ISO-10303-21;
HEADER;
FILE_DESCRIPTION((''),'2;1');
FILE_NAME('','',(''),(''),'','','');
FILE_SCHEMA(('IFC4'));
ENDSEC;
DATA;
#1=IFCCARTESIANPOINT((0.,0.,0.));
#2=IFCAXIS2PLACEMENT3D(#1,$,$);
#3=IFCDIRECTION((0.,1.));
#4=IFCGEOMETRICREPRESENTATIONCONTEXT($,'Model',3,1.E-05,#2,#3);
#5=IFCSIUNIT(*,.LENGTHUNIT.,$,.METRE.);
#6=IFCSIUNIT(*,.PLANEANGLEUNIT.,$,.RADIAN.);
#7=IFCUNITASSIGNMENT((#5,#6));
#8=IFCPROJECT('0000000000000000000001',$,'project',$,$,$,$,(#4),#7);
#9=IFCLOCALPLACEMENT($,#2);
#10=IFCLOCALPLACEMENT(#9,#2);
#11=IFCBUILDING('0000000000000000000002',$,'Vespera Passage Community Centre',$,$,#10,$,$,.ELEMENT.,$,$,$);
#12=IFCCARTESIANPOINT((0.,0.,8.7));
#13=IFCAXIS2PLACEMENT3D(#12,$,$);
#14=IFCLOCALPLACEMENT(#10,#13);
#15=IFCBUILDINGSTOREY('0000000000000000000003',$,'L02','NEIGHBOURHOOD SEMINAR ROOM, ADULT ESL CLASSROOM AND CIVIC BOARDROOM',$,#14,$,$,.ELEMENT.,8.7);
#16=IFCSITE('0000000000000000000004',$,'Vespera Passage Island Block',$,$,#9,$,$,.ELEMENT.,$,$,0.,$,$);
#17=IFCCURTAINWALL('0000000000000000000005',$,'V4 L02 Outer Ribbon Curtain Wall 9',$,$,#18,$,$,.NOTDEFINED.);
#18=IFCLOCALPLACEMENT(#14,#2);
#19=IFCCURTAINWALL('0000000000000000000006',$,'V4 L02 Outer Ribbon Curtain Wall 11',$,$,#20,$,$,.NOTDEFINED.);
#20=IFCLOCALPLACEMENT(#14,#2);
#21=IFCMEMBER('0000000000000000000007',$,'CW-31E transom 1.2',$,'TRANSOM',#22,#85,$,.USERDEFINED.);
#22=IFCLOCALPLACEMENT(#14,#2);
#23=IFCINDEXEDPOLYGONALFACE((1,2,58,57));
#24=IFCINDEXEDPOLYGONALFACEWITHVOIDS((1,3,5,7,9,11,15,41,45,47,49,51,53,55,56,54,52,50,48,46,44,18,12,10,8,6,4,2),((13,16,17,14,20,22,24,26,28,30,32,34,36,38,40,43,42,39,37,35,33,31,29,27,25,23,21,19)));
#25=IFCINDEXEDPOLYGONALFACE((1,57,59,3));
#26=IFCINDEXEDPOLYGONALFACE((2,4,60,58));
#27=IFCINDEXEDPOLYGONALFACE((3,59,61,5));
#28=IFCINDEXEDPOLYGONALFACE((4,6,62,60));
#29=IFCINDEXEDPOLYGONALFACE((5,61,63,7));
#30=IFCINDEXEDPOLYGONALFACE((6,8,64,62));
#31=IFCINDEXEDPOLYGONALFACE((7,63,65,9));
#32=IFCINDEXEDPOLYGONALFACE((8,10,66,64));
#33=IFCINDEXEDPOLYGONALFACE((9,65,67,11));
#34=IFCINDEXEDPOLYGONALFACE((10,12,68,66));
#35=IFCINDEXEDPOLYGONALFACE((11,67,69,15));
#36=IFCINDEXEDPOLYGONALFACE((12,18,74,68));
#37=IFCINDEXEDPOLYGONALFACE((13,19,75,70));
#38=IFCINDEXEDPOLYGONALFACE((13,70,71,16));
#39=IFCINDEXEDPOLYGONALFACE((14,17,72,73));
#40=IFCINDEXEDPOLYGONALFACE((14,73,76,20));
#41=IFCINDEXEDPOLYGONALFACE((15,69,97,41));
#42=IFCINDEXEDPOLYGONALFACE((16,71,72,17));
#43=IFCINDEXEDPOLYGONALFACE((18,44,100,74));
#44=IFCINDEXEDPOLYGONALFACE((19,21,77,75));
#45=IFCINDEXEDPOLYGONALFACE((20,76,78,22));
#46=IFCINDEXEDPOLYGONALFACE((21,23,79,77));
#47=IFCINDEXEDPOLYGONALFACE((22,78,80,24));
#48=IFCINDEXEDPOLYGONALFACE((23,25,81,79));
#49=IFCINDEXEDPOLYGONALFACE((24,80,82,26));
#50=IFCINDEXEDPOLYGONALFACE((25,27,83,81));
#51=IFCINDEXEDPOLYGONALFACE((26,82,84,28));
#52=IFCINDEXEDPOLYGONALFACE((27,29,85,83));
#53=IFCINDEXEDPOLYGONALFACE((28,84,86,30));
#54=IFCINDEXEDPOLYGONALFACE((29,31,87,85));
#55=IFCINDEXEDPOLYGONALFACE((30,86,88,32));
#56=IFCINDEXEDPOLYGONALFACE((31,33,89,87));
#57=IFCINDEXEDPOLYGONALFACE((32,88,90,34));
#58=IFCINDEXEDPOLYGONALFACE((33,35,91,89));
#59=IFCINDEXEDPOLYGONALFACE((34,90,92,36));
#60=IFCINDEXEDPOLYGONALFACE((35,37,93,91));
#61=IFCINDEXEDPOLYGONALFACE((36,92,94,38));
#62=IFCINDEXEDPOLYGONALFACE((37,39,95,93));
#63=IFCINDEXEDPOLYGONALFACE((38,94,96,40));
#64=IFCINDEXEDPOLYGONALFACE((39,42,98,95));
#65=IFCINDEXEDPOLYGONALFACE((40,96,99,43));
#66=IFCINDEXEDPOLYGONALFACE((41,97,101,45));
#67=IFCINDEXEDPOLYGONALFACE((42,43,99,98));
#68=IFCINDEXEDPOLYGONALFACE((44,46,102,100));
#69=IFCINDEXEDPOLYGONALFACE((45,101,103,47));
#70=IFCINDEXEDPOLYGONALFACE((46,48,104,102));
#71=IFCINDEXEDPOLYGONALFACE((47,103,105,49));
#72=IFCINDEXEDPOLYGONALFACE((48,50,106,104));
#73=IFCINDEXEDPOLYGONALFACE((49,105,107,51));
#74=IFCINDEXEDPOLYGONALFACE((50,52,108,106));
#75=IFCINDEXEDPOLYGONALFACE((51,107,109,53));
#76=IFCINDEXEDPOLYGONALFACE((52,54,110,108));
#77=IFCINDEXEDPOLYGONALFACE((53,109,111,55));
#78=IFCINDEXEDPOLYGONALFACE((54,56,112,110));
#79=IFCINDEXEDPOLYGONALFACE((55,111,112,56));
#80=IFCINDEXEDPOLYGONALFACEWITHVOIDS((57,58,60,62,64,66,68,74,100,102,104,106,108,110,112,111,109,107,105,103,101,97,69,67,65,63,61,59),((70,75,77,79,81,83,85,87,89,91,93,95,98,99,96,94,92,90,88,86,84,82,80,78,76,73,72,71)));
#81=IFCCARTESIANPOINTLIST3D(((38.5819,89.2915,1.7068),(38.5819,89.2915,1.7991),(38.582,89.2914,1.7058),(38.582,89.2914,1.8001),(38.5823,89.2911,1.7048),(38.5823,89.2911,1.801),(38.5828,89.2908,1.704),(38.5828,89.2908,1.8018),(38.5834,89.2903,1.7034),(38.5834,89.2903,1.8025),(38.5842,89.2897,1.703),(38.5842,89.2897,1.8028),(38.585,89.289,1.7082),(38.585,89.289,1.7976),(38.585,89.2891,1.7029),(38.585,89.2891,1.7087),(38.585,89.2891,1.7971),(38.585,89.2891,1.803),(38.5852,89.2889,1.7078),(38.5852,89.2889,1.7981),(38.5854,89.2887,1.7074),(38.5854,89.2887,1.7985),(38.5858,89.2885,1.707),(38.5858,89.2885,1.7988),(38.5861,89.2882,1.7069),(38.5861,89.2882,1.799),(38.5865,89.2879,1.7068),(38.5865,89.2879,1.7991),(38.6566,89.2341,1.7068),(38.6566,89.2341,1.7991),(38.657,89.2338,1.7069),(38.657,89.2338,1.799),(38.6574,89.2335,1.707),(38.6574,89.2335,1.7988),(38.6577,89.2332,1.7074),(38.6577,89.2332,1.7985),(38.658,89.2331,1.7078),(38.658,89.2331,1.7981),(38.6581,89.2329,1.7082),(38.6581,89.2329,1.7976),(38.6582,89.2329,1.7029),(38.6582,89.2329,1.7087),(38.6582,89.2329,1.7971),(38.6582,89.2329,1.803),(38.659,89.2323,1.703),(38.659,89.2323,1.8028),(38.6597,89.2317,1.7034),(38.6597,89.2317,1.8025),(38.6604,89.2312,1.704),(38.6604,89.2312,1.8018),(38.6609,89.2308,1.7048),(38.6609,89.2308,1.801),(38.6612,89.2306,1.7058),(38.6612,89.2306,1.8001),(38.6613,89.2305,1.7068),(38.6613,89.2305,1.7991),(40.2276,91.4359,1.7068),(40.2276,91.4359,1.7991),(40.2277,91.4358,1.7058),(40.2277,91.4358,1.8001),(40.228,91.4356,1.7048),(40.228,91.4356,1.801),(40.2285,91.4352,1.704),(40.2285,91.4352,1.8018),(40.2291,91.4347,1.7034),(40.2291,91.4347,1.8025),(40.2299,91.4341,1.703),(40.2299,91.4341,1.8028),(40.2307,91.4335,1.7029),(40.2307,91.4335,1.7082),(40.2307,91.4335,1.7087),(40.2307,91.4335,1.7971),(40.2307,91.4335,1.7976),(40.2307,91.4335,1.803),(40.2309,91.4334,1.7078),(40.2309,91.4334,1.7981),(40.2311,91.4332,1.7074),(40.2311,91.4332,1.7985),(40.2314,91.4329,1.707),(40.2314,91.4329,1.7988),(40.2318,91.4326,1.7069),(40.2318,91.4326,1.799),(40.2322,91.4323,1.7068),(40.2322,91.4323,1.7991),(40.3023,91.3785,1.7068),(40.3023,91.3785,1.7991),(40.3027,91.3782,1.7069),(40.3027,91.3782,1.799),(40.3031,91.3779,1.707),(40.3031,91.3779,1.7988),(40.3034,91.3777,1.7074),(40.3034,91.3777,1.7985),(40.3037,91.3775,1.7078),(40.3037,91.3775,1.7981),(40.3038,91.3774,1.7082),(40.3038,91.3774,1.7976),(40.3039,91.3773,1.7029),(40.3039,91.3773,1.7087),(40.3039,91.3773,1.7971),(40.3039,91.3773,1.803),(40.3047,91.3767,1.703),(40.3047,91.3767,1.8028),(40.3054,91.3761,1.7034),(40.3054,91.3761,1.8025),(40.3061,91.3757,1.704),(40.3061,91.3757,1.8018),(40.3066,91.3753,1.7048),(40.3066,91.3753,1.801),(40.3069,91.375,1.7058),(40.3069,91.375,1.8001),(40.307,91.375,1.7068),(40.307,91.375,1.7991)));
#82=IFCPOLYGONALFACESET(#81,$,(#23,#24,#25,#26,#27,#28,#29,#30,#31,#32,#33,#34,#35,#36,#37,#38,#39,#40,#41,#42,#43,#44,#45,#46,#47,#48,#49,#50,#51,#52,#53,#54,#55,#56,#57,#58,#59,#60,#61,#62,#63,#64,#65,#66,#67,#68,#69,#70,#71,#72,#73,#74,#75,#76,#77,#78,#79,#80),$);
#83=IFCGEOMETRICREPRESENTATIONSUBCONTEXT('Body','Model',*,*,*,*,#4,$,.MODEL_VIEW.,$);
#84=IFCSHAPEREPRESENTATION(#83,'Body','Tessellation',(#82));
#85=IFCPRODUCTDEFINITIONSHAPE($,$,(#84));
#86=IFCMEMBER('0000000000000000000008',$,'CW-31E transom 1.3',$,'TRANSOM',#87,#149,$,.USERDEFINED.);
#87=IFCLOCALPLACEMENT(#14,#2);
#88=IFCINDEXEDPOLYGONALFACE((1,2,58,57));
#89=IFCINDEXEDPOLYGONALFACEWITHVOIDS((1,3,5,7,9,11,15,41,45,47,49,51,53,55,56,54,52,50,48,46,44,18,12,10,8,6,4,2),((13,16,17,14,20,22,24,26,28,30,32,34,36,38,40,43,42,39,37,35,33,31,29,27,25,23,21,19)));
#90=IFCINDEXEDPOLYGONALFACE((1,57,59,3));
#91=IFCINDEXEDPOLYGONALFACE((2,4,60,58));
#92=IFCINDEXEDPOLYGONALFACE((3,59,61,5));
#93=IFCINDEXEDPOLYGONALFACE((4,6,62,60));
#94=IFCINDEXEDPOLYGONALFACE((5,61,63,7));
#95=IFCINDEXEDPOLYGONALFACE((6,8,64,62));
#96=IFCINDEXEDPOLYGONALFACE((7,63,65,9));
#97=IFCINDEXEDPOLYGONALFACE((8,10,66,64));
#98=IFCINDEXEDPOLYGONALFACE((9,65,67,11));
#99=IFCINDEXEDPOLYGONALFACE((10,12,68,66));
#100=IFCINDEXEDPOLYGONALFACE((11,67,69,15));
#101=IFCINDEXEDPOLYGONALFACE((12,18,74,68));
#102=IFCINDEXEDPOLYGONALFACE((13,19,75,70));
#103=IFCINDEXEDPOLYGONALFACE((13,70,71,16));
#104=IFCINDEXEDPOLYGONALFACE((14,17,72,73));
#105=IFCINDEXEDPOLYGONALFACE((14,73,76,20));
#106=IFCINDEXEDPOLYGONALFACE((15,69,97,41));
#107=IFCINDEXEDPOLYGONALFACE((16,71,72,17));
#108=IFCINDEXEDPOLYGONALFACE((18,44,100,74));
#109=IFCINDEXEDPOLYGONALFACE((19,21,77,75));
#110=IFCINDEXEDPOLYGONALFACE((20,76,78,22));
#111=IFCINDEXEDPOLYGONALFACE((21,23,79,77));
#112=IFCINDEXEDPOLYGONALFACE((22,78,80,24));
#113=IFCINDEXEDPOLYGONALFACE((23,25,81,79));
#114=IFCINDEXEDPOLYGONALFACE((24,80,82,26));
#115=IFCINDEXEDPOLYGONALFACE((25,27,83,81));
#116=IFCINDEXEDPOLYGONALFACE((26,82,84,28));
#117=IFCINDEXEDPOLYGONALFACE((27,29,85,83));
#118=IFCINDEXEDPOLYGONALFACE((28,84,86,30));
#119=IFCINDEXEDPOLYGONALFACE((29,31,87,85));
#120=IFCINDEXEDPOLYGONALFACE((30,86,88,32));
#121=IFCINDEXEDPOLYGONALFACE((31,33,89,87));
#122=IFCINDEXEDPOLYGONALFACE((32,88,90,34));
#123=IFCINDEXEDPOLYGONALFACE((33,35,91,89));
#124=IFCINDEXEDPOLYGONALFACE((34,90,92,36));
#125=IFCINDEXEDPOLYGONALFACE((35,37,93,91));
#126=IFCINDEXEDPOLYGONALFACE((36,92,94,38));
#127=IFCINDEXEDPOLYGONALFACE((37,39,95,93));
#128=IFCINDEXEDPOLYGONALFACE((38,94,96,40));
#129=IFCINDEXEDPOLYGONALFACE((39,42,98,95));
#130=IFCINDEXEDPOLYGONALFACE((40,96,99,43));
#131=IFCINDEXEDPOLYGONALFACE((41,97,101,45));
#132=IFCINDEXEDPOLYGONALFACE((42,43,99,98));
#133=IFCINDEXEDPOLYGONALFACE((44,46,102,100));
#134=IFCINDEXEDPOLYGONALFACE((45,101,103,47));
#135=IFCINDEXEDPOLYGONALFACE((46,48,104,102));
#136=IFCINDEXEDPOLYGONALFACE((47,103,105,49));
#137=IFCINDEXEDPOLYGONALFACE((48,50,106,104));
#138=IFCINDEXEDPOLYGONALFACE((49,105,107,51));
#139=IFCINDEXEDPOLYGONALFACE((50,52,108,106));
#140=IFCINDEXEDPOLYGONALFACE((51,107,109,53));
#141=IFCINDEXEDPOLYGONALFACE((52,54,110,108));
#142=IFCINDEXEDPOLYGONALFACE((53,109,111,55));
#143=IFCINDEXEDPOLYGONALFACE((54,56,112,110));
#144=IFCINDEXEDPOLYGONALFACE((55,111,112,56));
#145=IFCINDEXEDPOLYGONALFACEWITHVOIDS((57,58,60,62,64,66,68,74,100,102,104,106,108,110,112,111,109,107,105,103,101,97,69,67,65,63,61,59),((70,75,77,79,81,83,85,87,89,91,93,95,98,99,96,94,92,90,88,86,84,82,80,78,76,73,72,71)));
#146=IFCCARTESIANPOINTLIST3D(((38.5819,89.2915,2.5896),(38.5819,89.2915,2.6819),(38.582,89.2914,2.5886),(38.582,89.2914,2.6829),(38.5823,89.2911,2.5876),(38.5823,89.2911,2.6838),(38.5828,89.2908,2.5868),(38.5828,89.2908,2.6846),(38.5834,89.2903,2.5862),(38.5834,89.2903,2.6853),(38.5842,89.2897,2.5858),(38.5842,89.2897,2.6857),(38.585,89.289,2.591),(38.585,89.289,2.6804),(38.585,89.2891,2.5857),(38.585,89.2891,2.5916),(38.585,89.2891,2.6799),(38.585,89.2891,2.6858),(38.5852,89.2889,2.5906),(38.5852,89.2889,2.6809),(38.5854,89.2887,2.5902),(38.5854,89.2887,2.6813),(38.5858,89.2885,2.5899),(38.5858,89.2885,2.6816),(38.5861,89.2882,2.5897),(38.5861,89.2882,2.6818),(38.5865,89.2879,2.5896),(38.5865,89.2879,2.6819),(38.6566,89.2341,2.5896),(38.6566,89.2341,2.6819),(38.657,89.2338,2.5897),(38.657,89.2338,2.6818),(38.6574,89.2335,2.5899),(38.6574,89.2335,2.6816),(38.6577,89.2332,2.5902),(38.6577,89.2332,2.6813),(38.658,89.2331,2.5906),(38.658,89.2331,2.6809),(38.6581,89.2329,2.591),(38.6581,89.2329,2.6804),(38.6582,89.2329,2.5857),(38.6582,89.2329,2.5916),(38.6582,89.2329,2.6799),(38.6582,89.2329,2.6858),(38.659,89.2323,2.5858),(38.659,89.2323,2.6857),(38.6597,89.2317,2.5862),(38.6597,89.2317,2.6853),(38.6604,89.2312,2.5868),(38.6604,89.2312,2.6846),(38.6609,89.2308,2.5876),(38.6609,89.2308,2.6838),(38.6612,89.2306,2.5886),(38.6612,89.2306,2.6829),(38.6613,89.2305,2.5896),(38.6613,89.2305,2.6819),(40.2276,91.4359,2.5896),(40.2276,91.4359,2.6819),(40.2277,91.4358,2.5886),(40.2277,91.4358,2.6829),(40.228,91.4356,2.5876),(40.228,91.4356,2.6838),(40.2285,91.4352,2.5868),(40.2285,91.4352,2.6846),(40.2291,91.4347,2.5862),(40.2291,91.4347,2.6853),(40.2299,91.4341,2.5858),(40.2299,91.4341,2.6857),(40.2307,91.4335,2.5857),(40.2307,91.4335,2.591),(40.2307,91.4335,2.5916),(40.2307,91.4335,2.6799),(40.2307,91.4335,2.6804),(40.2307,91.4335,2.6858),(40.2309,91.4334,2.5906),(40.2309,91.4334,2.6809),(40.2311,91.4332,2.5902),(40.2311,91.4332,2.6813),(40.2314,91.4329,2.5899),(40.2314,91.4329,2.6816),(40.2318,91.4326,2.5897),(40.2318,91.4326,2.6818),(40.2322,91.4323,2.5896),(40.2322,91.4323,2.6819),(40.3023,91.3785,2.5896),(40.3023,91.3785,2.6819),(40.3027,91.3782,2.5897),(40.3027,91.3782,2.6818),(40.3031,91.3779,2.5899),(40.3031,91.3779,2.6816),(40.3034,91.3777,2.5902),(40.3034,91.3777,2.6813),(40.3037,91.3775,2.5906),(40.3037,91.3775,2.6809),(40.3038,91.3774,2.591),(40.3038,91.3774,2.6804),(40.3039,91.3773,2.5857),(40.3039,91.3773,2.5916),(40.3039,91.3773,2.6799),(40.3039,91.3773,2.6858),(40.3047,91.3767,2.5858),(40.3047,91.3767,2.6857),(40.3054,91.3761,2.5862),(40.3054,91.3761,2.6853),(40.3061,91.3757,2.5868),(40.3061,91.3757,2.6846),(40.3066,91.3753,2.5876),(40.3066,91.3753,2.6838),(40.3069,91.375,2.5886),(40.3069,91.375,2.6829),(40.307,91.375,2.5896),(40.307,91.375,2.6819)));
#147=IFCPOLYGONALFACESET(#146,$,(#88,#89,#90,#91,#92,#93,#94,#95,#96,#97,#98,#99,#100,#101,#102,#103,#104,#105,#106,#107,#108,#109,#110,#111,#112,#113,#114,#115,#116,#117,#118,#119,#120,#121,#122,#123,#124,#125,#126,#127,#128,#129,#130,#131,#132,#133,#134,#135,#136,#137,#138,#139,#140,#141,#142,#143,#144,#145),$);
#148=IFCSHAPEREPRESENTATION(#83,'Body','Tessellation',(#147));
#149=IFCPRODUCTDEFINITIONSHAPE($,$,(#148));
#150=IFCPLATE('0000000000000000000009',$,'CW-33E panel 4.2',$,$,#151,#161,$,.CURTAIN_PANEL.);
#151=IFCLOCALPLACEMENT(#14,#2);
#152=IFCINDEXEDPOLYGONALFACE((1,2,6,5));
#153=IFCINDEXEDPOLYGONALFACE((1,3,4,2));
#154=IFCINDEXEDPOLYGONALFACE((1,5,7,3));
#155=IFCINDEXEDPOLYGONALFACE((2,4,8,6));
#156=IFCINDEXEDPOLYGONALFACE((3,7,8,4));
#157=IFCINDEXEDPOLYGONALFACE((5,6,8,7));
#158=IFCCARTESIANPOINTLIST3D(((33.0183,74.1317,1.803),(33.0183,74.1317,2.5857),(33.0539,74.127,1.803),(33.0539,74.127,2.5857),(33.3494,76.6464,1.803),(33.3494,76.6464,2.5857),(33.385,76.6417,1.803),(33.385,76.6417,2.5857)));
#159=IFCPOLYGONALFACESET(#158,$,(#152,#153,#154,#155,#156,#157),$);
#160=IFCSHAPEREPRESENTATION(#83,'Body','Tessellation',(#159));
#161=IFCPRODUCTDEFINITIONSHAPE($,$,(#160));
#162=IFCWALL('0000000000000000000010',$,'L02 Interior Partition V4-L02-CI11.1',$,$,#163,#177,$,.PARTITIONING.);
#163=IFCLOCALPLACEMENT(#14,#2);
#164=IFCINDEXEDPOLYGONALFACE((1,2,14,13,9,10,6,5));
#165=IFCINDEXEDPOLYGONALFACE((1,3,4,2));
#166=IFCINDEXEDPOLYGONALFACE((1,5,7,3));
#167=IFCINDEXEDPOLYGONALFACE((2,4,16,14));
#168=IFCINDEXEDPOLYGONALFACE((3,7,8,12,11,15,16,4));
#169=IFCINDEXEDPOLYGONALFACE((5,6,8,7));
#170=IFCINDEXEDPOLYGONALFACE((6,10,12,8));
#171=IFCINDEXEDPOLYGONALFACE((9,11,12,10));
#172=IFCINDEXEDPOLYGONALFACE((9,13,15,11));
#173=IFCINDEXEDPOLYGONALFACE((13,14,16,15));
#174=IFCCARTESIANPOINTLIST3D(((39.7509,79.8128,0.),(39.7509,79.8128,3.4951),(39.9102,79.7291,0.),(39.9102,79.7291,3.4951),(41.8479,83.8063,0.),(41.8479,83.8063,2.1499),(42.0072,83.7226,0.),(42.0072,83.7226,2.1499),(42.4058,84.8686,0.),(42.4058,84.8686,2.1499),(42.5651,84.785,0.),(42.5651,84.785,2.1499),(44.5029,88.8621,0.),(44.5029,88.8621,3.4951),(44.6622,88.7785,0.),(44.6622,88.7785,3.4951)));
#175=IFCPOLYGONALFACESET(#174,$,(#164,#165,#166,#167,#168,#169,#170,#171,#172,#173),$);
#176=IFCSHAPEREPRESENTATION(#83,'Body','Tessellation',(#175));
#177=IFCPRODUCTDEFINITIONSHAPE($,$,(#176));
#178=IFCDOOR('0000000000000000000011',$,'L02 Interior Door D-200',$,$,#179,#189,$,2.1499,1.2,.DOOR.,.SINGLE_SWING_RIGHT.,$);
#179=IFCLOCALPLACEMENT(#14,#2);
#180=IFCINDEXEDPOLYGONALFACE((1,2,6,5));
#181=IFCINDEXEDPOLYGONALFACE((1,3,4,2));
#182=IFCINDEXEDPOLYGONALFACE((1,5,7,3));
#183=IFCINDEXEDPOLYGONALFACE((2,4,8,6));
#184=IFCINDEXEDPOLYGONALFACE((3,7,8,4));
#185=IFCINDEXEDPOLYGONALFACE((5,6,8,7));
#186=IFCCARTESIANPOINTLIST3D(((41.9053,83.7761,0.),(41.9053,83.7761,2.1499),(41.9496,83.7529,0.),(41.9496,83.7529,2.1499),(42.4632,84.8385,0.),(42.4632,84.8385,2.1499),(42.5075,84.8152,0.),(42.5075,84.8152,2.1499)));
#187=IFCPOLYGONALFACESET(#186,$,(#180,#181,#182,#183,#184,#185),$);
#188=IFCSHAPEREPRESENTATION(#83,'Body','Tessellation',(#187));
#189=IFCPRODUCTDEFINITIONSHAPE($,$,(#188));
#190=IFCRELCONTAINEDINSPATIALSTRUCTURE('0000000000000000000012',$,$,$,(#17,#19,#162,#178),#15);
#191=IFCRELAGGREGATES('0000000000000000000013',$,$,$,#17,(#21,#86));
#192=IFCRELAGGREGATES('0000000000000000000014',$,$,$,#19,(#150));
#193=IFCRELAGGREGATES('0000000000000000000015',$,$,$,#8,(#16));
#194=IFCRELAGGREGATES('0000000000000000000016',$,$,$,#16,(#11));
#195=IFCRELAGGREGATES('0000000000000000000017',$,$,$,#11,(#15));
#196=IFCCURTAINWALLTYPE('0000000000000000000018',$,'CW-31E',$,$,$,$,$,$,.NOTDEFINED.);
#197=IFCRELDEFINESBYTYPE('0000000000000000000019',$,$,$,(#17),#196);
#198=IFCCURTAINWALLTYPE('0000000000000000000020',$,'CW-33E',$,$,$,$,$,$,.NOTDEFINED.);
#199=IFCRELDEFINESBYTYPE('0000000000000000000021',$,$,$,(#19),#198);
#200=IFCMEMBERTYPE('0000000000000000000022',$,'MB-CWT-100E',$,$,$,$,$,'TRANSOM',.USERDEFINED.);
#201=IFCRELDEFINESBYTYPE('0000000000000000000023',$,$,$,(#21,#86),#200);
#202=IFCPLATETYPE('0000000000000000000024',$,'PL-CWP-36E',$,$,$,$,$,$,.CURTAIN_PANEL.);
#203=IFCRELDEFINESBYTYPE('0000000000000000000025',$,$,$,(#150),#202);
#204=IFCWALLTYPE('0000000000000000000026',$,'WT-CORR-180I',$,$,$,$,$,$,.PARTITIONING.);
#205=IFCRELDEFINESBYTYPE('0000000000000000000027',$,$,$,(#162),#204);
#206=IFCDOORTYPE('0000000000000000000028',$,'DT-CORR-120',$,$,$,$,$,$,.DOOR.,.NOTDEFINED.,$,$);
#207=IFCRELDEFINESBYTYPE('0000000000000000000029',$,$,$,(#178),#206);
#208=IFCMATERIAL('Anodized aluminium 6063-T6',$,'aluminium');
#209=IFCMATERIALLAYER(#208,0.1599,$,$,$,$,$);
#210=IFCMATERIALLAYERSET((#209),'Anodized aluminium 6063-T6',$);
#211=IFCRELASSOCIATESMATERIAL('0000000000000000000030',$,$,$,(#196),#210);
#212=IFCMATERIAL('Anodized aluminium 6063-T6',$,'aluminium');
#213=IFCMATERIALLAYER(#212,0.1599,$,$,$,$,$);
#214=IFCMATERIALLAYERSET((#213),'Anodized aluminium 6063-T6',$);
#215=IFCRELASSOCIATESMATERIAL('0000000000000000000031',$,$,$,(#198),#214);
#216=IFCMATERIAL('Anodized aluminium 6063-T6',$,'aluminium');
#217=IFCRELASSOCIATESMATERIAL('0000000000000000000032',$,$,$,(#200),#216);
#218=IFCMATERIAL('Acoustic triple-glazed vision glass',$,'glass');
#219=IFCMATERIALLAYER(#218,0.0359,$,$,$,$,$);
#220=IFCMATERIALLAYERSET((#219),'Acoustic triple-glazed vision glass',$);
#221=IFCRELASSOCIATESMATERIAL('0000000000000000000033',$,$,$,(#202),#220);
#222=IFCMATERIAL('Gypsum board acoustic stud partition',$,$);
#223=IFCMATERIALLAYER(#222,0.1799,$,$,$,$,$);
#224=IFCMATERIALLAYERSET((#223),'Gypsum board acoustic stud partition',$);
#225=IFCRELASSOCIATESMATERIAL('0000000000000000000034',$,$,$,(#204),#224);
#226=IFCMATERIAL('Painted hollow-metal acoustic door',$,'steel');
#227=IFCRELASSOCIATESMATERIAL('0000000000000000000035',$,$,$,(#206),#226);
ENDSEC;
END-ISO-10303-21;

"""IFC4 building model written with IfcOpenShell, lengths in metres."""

from ifc_helpers import new_model, si_unit, direction, frame, frame_2d, origin, origin_2d, place, context, subcontext, project, spatial, rectangle, hollow_rectangle, extrude, material, layer, layer_set, material_profile, profile_set, type_object, element, fill, aggregate, save


model = new_model("IFC4")

# Units and contexts
model_context = context("Model", 3, precision=1e-05, world=origin(), true_north=direction((0.0, 1.0)))
body_context = subcontext(model_context, "Body", "Model", "MODEL_VIEW")
ifc_project = project(units=[si_unit("LENGTHUNIT", "METRE"), si_unit("PLANEANGLEUNIT", "RADIAN")], contexts=[model_context])

# Site, building, storey
site_placement = place(None, origin())
site = spatial("IfcSite", under=ifc_project, at=site_placement, Name="Vespera Passage Island Block", CompositionType="ELEMENT", RefElevation=0.0)
building_placement = place(site_placement, origin())
building = spatial("IfcBuilding", under=site, at=building_placement, Name="Vespera Passage Community Centre", CompositionType="ELEMENT")
storey_placement = place(building_placement, frame((0.0, 0.0, 8.7)))
storey = spatial("IfcBuildingStorey", under=building, at=storey_placement, Name="L02", Description="NEIGHBOURHOOD SEMINAR ROOM, ADULT ESL CLASSROOM AND CIVIC BOARDROOM", CompositionType="ELEMENT", Elevation=8.7)

# Curtain walls
ifc_material_1 = material(Name="Anodized aluminium 6063-T6", Category="aluminium")
ifc_layer_1 = layer(ifc_material_1, 0.1599)
ifc_layer_set_1 = layer_set([ifc_layer_1], Name="Anodized aluminium 6063-T6")
curtain_wall_type_1 = type_object("IfcCurtainWallType", Name="CW-31E", PredefinedType="NOTDEFINED", material=ifc_layer_set_1)
curtain_wall_1_placement = place(storey_placement, origin())
curtain_wall_1 = element("IfcCurtainWall", 1, at=curtain_wall_1_placement, inside=storey, type_object=curtain_wall_type_1, Name="V4 L02 Outer Ribbon Curtain Wall 9", PredefinedType="NOTDEFINED")
ifc_material_2 = material(Name="Anodized aluminium 6063-T6", Category="aluminium")
ifc_layer_2 = layer(ifc_material_2, 0.1599)
ifc_layer_set_2 = layer_set([ifc_layer_2], Name="Anodized aluminium 6063-T6")
curtain_wall_type_2 = type_object("IfcCurtainWallType", Name="CW-33E", PredefinedType="NOTDEFINED", material=ifc_layer_set_2)
curtain_wall_2_placement = place(storey_placement, origin())
curtain_wall_2 = element("IfcCurtainWall", 2, at=curtain_wall_2_placement, inside=storey, type_object=curtain_wall_type_2, Name="V4 L02 Outer Ribbon Curtain Wall 11", PredefinedType="NOTDEFINED")

# Members
ifc_material_3 = material(Name="Anodized aluminium 6063-T6", Category="aluminium")
ifc_material_profile_1 = material_profile(ifc_material_3, hollow_rectangle(XDim=0.1001, YDim=0.1001, WallThickness=0.0039, InnerFilletRadius=0.002, OuterFilletRadius=0.0039, at=origin_2d()), Name="ALU100X100X4")
ifc_profile_set_1 = profile_set([ifc_material_profile_1], Name="Anodized aluminium 6063-T6")
member_type_1 = type_object("IfcMemberType", Name="MB-CWT-100E", ElementType="TRANSOM", PredefinedType="USERDEFINED", material=ifc_profile_set_1)
member_1_placement = place(storey_placement, frame((38.6216, 89.261, 1.7529), z_axis=(0.608807, 0.793318, 0.0), x_axis=(-0.793318, 0.608807, 0.0)))
member_1 = element("IfcMember", 3, at=member_1_placement, type_object=member_type_1, Name="CW-31E transom 1.2", ObjectType="TRANSOM", PredefinedType="USERDEFINED", context=body_context, shape_type="SweptSolid", body=[
    extrude(hollow_rectangle(XDim=0.1001, YDim=0.1001, WallThickness=0.0039, InnerFilletRadius=0.002, OuterFilletRadius=0.0039, at=origin_2d()), origin(), (0.0, 0.0, 1.0), 2.7031),
])
member_2_placement = place(storey_placement, frame((38.6216, 89.261, 2.6357), z_axis=(0.608807, 0.793318, 0.0), x_axis=(-0.793318, 0.608807, 0.0)))
member_2 = element("IfcMember", 4, at=member_2_placement, type_object=member_type_1, Name="CW-31E transom 1.3", ObjectType="TRANSOM", PredefinedType="USERDEFINED", context=body_context, shape_type="SweptSolid", body=[
    extrude(hollow_rectangle(XDim=0.1001, YDim=0.1001, WallThickness=0.0039, InnerFilletRadius=0.002, OuterFilletRadius=0.0039, at=origin_2d()), origin(), (0.0, 0.0, 1.0), 2.7031),
])
aggregate(curtain_wall_1, [member_1, member_2])

# Plate
ifc_material_4 = material(Name="Acoustic triple-glazed vision glass", Category="glass")
ifc_layer_3 = layer(ifc_material_4, 0.0359)
ifc_layer_set_3 = layer_set([ifc_layer_3], Name="Acoustic triple-glazed vision glass")
plate_type = type_object("IfcPlateType", Name="PL-CWP-36E", PredefinedType="CURTAIN_PANEL", material=ifc_layer_set_3)
plate_placement = place(storey_placement, frame((33.2017, 75.3867, 1.803), z_axis=(0.0, 0.0, 1.0), x_axis=(0.130523, 0.991445, 0.0)))
plate = element("IfcPlate", 5, at=plate_placement, type_object=plate_type, Name="CW-33E panel 4.2", PredefinedType="CURTAIN_PANEL", context=body_context, shape_type="SweptSolid", body=[
    extrude(rectangle(XDim=2.5364, YDim=0.0359, at=origin_2d()), origin(), (0.0, 0.0, 1.0), 0.7827),
])
aggregate(curtain_wall_2, [plate])

# Wall, opening, door
ifc_material_5 = material(Name="Gypsum board acoustic stud partition")
ifc_layer_4 = layer(ifc_material_5, 0.1799)
ifc_layer_set_4 = layer_set([ifc_layer_4], Name="Gypsum board acoustic stud partition")
wall_type_1 = type_object("IfcWallType", Name="WT-CORR-180I", PredefinedType="PARTITIONING", material=ifc_layer_set_4)
wall_1_placement = place(storey_placement, frame((44.5825, 88.8203, 0.0), z_axis=(0.0, 0.0, 1.0), x_axis=(-0.464915, -0.885355, 0.0)))
wall_1 = element("IfcWall", 6, at=wall_1_placement, inside=storey, type_object=wall_type_1, Name="L02 Interior Partition V4-L02-CI11.1", PredefinedType="PARTITIONING", context=body_context, shape_type="SweptSolid", body=[
    extrude(rectangle(XDim=10.2212, YDim=0.1799, at=frame_2d((5.1106, 0.0))), origin(), (0.0, 0.0, 1.0), 3.4951),
])
opening_1_placement = place(wall_1_placement, frame((4.5105, 0.0, 0.0)))
opening_1 = element("IfcOpeningElement", 7, at=opening_1_placement, cuts=wall_1, PredefinedType="OPENING", context=body_context, shape_type="SweptSolid", body=[
    extrude(rectangle(XDim=1.2, YDim=2.1499, at=frame_2d((0.6001, 1.075))), frame((0.0, 0.0999, 0.0), z_axis=(0.0, -1.0, 0.0), x_axis=(1.0, 0.0, 0.0)), (0.0, 0.0, 1.0), 0.2),
])
ifc_material_6 = material(Name="Painted hollow-metal acoustic door", Category="steel")
door_type_1 = type_object("IfcDoorType", Name="DT-CORR-120", OperationType="NOTDEFINED", PredefinedType="DOOR", material=ifc_material_6)
door_1_placement = place(opening_1_placement, origin())
door_1 = element("IfcDoor", 8, at=door_1_placement, inside=storey, type_object=door_type_1, Name="L02 Interior Door D-200", OperationType="SINGLE_SWING_RIGHT", OverallHeight=2.1499, OverallWidth=1.2, PredefinedType="DOOR", context=body_context, shape_type="SweptSolid", body=[
    extrude(rectangle(XDim=1.2, YDim=2.1499, at=frame_2d((0.6001, 1.075))), frame((0.0, 0.0249, 0.0), z_axis=(0.0, -1.0, 0.0), x_axis=(1.0, 0.0, 0.0)), (0.0, 0.0, 1.0), 0.05),
])
fill(opening_1, door_1)

save(model, "model.ifc")
